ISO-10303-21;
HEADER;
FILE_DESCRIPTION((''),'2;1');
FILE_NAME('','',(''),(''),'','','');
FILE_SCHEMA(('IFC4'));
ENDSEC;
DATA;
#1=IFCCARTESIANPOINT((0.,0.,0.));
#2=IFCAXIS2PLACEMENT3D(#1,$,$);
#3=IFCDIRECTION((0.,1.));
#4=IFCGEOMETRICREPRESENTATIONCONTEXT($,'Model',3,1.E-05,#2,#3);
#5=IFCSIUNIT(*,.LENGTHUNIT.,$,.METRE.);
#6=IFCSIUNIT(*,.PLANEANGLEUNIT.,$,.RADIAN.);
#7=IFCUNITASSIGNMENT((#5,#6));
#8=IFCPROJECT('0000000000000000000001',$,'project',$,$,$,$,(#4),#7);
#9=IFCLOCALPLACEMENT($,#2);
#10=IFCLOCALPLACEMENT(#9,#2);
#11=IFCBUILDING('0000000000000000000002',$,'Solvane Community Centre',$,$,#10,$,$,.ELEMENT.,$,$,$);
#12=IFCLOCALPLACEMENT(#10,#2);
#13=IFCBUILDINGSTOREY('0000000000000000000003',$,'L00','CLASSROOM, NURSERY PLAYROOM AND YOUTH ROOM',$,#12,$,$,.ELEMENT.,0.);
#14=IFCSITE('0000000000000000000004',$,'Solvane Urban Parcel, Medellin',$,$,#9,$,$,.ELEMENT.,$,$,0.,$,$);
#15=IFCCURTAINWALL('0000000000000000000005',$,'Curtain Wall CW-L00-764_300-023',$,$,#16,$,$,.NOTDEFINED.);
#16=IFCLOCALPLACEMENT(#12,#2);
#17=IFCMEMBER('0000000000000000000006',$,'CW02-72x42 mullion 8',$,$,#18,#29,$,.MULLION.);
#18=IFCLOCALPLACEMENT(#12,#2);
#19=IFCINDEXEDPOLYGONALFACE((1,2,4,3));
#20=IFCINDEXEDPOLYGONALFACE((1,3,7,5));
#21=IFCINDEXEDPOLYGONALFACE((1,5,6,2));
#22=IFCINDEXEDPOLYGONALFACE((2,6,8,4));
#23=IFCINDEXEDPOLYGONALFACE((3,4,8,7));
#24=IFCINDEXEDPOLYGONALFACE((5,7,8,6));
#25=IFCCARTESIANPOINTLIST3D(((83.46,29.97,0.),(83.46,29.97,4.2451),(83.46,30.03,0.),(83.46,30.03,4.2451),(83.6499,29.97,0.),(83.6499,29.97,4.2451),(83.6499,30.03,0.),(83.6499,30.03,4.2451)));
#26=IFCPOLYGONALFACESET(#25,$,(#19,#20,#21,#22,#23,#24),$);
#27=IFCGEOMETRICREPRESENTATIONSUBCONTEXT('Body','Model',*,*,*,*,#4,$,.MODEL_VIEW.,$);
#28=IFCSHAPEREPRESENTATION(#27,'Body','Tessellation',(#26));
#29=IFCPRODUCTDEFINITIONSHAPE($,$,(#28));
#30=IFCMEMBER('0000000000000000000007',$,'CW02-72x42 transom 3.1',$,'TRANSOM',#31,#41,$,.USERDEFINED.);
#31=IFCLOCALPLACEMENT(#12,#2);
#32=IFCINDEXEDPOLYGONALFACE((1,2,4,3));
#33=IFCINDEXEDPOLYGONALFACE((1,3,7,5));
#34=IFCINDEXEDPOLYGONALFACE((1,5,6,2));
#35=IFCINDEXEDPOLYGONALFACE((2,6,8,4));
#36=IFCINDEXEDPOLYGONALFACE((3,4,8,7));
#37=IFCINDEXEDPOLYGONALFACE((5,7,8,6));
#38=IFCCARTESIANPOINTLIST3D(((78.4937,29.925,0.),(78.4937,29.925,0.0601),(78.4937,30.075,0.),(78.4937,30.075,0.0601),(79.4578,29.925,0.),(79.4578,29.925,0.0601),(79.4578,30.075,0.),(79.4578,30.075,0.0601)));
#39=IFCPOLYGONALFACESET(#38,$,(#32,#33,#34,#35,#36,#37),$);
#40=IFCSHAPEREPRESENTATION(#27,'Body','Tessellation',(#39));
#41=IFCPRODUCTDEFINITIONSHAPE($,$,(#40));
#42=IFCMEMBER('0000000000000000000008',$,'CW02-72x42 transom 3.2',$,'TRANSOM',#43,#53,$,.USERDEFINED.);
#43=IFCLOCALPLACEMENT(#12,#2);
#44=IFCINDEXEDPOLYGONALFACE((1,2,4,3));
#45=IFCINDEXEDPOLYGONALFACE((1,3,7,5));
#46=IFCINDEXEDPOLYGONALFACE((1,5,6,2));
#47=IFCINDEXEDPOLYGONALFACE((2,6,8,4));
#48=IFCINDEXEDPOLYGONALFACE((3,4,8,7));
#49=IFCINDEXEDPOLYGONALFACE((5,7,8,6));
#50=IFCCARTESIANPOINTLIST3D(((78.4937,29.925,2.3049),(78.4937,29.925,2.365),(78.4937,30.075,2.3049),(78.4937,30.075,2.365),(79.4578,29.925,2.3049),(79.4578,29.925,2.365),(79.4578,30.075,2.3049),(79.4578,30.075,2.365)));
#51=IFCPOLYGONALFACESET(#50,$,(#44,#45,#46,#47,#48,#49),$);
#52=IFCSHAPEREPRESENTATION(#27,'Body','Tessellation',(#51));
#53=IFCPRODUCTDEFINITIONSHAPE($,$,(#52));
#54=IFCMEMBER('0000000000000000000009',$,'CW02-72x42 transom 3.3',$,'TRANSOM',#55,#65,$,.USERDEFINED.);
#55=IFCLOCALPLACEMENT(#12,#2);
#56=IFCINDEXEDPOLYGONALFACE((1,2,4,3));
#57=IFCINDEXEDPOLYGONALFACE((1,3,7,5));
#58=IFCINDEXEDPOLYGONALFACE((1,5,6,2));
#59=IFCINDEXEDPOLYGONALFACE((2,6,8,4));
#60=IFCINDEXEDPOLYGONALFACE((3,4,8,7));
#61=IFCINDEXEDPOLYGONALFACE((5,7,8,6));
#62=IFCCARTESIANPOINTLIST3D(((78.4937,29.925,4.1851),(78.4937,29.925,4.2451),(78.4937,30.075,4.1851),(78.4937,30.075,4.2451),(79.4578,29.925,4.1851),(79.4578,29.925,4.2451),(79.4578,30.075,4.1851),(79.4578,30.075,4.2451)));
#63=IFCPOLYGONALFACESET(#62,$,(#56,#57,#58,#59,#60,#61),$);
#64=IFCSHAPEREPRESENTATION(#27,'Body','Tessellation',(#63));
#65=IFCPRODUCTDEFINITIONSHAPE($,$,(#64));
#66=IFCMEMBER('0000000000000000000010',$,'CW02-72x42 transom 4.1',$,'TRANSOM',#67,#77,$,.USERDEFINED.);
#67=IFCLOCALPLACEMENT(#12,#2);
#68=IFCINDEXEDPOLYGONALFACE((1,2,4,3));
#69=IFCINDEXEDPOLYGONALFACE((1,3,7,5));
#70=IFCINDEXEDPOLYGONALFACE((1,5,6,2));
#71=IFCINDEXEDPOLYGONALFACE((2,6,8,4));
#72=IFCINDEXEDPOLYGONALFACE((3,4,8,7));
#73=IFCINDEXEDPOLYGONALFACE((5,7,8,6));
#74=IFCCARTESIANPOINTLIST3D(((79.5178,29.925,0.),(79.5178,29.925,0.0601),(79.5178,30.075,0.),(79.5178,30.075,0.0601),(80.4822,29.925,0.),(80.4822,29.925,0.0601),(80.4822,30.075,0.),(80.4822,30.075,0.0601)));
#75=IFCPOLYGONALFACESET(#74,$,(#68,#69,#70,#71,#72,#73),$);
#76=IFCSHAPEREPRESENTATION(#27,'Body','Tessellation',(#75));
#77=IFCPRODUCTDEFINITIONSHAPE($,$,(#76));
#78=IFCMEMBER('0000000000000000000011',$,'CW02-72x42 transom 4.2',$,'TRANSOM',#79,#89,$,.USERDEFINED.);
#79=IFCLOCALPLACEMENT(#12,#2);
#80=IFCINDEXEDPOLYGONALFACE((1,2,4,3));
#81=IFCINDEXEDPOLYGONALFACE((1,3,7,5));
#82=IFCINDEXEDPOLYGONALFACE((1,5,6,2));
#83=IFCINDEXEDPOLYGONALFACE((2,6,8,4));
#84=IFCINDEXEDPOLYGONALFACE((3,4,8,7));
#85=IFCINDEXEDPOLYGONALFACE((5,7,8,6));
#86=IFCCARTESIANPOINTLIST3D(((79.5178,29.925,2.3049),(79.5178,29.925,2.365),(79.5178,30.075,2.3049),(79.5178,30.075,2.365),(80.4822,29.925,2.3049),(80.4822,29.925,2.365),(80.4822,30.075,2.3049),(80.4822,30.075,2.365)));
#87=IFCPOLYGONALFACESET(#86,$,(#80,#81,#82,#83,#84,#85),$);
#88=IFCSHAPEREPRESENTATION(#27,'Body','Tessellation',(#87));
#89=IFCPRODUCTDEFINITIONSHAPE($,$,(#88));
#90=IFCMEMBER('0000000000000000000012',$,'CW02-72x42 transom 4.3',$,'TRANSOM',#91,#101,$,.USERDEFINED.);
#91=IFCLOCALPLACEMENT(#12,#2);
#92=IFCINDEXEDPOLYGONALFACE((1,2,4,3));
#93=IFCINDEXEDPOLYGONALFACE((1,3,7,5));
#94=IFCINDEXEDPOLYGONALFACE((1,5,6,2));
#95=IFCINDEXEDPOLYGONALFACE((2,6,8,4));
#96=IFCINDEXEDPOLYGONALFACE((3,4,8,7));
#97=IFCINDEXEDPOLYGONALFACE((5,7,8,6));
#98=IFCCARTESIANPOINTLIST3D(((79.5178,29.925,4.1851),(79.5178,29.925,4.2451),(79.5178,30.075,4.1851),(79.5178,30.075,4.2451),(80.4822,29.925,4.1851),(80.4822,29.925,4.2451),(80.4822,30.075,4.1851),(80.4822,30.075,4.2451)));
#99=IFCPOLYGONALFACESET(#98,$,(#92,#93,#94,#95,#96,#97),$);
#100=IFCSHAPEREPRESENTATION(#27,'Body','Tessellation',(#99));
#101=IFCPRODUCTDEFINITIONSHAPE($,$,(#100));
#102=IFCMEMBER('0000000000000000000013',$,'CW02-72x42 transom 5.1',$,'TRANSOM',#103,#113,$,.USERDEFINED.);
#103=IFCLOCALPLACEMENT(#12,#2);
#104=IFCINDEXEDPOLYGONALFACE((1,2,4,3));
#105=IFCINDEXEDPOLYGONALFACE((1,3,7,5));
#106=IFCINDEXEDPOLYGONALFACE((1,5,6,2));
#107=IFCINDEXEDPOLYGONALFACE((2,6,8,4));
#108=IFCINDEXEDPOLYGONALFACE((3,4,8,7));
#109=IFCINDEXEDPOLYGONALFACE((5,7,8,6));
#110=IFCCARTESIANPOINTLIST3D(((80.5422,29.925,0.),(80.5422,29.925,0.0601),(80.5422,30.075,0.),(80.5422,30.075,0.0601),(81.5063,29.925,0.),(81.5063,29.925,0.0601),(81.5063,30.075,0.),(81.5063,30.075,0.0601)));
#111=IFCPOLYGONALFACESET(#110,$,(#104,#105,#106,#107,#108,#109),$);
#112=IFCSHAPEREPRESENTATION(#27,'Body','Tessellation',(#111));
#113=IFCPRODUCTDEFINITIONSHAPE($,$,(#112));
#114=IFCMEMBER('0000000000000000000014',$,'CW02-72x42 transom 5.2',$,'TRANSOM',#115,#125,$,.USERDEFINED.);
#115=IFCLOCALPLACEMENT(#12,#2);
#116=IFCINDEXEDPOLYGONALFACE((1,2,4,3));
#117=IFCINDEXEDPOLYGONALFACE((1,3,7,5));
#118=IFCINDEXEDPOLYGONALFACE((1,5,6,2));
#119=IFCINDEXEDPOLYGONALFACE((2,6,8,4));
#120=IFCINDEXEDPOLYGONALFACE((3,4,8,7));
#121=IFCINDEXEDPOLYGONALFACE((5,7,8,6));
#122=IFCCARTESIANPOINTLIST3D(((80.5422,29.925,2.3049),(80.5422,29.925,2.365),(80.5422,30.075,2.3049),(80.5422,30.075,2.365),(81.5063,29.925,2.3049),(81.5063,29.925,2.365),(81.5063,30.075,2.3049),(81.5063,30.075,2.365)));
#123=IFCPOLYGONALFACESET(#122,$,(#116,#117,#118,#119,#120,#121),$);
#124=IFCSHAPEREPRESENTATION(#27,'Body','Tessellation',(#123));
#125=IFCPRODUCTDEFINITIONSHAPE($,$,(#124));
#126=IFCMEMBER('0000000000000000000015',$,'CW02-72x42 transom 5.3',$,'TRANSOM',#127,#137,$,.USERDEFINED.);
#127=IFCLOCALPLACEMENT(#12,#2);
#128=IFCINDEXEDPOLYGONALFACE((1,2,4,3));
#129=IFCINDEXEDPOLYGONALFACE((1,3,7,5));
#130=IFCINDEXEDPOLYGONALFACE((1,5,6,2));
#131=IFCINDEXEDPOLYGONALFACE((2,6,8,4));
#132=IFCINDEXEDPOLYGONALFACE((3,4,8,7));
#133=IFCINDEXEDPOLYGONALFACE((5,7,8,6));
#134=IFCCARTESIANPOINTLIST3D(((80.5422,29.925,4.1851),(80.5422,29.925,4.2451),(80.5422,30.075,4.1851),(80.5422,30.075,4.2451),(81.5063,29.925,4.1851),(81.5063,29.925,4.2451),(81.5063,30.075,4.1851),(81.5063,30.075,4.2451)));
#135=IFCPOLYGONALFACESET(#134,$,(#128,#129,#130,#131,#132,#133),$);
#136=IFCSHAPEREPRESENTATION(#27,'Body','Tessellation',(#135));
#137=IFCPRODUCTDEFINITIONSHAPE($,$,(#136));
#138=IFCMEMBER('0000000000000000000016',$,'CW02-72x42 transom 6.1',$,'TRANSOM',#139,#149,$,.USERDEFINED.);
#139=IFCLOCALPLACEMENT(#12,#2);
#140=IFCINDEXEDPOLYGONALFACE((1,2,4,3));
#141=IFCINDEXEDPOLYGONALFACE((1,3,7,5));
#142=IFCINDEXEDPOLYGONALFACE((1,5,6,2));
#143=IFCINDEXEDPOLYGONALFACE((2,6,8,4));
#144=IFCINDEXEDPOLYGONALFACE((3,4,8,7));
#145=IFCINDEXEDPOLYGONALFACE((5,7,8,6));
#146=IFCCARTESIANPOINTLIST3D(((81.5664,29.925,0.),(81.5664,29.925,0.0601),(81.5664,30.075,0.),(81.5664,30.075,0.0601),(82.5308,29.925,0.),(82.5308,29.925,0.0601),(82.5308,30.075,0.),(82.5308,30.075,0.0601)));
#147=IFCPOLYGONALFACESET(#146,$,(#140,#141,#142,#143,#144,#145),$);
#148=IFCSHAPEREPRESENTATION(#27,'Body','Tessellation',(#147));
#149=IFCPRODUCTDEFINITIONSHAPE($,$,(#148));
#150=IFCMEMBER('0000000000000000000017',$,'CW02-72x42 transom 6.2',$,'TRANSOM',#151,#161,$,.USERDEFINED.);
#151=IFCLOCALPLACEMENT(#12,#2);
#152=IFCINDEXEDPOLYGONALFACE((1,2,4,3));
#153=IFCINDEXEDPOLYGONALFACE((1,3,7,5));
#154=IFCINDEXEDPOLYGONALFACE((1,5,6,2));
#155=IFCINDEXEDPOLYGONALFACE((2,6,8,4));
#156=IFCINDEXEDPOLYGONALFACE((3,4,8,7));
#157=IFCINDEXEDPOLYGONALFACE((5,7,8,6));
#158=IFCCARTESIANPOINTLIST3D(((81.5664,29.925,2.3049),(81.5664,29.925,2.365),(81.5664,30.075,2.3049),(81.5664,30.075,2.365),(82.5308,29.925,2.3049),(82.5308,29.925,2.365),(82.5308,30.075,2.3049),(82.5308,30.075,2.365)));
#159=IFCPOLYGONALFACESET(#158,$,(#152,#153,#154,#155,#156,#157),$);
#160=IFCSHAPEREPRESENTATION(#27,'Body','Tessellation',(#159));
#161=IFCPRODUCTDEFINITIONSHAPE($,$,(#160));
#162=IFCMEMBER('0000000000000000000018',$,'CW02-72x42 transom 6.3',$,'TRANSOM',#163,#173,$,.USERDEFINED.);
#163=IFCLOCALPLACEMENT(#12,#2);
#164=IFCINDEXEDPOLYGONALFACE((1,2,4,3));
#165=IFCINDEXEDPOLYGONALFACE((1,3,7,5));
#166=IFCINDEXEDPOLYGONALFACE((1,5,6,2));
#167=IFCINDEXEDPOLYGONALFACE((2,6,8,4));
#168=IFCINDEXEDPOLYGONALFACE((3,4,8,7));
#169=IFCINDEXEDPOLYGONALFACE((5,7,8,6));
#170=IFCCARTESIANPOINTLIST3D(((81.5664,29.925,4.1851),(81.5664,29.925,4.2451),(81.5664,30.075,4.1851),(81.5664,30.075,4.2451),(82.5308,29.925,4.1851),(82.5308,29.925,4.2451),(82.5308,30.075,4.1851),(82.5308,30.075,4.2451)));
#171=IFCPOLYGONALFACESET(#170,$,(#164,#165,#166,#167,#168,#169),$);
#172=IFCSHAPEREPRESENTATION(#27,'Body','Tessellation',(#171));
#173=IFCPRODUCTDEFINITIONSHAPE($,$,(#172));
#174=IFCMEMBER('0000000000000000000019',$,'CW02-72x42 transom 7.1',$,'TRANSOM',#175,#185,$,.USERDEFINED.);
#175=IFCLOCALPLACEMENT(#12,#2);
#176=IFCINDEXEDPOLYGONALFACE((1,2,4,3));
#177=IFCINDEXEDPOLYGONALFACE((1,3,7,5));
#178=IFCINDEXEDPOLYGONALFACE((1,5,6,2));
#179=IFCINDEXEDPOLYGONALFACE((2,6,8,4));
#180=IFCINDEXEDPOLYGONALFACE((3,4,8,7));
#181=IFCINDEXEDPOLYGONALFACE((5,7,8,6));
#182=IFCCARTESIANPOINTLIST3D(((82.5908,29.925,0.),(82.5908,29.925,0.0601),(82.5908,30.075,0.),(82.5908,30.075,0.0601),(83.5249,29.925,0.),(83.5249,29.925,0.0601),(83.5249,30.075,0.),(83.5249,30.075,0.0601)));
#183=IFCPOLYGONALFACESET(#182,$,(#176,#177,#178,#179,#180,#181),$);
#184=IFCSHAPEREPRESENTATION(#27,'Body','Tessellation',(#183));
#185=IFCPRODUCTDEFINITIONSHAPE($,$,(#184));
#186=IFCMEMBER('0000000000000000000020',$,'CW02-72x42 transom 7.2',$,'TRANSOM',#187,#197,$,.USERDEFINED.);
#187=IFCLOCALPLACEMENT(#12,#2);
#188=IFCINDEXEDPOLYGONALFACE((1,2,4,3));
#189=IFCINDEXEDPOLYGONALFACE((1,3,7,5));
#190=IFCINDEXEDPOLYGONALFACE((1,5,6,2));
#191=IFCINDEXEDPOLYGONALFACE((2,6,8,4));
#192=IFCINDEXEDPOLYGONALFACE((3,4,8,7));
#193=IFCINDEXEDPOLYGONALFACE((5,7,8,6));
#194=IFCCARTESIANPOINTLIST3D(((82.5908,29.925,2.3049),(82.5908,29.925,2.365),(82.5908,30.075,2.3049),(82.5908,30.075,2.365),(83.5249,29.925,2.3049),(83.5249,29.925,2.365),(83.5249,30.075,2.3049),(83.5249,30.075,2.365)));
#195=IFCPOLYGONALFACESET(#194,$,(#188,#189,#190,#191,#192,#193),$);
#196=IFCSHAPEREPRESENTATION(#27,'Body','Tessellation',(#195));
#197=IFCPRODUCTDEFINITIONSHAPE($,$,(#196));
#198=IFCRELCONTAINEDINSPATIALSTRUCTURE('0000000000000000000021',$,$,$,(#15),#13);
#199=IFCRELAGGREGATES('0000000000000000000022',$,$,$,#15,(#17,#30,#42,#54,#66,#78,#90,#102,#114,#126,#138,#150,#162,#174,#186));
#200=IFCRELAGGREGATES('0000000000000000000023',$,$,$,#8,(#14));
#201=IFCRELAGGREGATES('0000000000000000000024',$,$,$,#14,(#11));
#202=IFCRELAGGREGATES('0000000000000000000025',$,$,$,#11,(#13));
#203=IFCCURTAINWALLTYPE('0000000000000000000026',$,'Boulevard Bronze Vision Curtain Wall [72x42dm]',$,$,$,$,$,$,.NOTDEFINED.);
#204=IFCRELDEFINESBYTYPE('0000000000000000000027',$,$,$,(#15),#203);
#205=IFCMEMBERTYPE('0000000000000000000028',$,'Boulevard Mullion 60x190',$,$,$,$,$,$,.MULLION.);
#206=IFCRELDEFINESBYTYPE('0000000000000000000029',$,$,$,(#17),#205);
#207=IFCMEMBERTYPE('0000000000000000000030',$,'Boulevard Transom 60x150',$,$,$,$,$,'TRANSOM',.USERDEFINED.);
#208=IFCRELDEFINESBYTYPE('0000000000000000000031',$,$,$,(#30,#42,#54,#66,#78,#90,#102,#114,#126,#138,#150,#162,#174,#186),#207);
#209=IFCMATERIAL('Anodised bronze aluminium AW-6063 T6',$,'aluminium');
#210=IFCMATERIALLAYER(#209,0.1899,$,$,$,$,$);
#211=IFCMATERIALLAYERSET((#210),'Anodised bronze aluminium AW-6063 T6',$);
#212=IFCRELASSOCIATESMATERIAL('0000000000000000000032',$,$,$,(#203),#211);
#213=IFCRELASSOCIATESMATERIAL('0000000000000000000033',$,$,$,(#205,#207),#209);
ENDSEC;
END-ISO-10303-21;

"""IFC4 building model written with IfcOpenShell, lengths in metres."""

from ifc_helpers import new_model, si_unit, direction, frame, origin, origin_2d, place, context, subcontext, project, spatial, rectangle, extrude, material, layer, layer_set, material_profile, profile_set, type_object, element, aggregate, save


model = new_model("IFC4")

# Units and contexts
model_context = context("Model", 3, precision=1e-05, world=origin(), true_north=direction((0.0, 1.0)))
body_context = subcontext(model_context, "Body", "Model", "MODEL_VIEW")
ifc_project = project(units=[si_unit("LENGTHUNIT", "METRE"), si_unit("PLANEANGLEUNIT", "RADIAN")], contexts=[model_context])

# Site, building, storey
site_placement = place(None, origin())
site = spatial("IfcSite", under=ifc_project, at=site_placement, Name="Solvane Urban Parcel, Medellin", CompositionType="ELEMENT", RefElevation=0.0)
building_placement = place(site_placement, origin())
building = spatial("IfcBuilding", under=site, at=building_placement, Name="Solvane Community Centre", CompositionType="ELEMENT")
storey_placement = place(building_placement, origin())
storey = spatial("IfcBuildingStorey", under=building, at=storey_placement, Name="L00", Description="CLASSROOM, NURSERY PLAYROOM AND YOUTH ROOM", CompositionType="ELEMENT", Elevation=0.0)

# Curtain wall, members
ifc_material_1 = material(Name="Anodised bronze aluminium AW-6063 T6", Category="aluminium")
ifc_layer_1 = layer(ifc_material_1, 0.1899)
ifc_layer_set_1 = layer_set([ifc_layer_1], Name="Anodised bronze aluminium AW-6063 T6")
curtain_wall_type = type_object("IfcCurtainWallType", Name="Boulevard Bronze Vision Curtain Wall [72x42dm]", PredefinedType="NOTDEFINED", material=ifc_layer_set_1)
curtain_wall_placement = place(storey_placement, origin())
curtain_wall = element("IfcCurtainWall", 1, at=curtain_wall_placement, inside=storey, type_object=curtain_wall_type, Name="Curtain Wall CW-L00-764_300-023", PredefinedType="NOTDEFINED")
ifc_material_profile_1 = material_profile(ifc_material_1, rectangle(XDim=0.0601, YDim=0.1899, at=origin_2d()), Name="CW-M 60x190")
ifc_profile_set_1 = profile_set([ifc_material_profile_1], Name="Anodised bronze aluminium AW-6063 T6")
member_type_1 = type_object("IfcMemberType", Name="Boulevard Mullion 60x190", PredefinedType="MULLION", material=ifc_profile_set_1)
member_1_placement = place(storey_placement, frame((83.5549, 30.0, 0.0), z_axis=(0.0, 0.0, 1.0), x_axis=(0.0, 1.0, 0.0)))
member_1 = element("IfcMember", 2, at=member_1_placement, type_object=member_type_1, Name="CW02-72x42 mullion 8", PredefinedType="MULLION", context=body_context, shape_type="SweptSolid", body=[
    extrude(rectangle(XDim=0.0601, YDim=0.1899, at=origin_2d()), origin(), (0.0, 0.0, 1.0), 4.2451),
])
ifc_material_profile_2 = material_profile(ifc_material_1, rectangle(XDim=0.1499, YDim=0.0601, at=origin_2d()), Name="CW-T 60x150")
ifc_profile_set_2 = profile_set([ifc_material_profile_2], Name="Anodised bronze aluminium AW-6063 T6")
member_type_2 = type_object("IfcMemberType", Name="Boulevard Transom 60x150", ElementType="TRANSOM", PredefinedType="USERDEFINED", material=ifc_profile_set_2)
member_2_placement = place(storey_placement, frame((78.4937, 30.0, 0.03), z_axis=(1.0, 0.0, 0.0), x_axis=(0.0, 1.0, 0.0)))
member_2 = element("IfcMember", 3, at=member_2_placement, type_object=member_type_2, Name="CW02-72x42 transom 3.1", ObjectType="TRANSOM", PredefinedType="USERDEFINED", context=body_context, shape_type="SweptSolid", body=[
    extrude(rectangle(XDim=0.1499, YDim=0.0601, at=origin_2d()), origin(), (0.0, 0.0, 1.0), 0.9641),
])
member_3_placement = place(storey_placement, frame((78.4937, 30.0, 2.335), z_axis=(1.0, 0.0, 0.0), x_axis=(0.0, 1.0, 0.0)))
member_3 = element("IfcMember", 4, at=member_3_placement, type_object=member_type_2, Name="CW02-72x42 transom 3.2", ObjectType="TRANSOM", PredefinedType="USERDEFINED", context=body_context, shape_type="SweptSolid", body=[
    extrude(rectangle(XDim=0.1499, YDim=0.0601, at=origin_2d()), origin(), (0.0, 0.0, 1.0), 0.9641),
])
member_4_placement = place(storey_placement, frame((78.4937, 30.0, 4.2151), z_axis=(1.0, 0.0, 0.0), x_axis=(0.0, 1.0, 0.0)))
member_4 = element("IfcMember", 5, at=member_4_placement, type_object=member_type_2, Name="CW02-72x42 transom 3.3", ObjectType="TRANSOM", PredefinedType="USERDEFINED", context=body_context, shape_type="SweptSolid", body=[
    extrude(rectangle(XDim=0.1499, YDim=0.0601, at=origin_2d()), origin(), (0.0, 0.0, 1.0), 0.9641),
])
member_5_placement = place(storey_placement, frame((79.5178, 30.0, 0.03), z_axis=(1.0, 0.0, 0.0), x_axis=(0.0, 1.0, 0.0)))
member_5 = element("IfcMember", 6, at=member_5_placement, type_object=member_type_2, Name="CW02-72x42 transom 4.1", ObjectType="TRANSOM", PredefinedType="USERDEFINED", context=body_context, shape_type="SweptSolid", body=[
    extrude(rectangle(XDim=0.1499, YDim=0.0601, at=origin_2d()), origin(), (0.0, 0.0, 1.0), 0.9644),
])
member_6_placement = place(storey_placement, frame((79.5178, 30.0, 2.335), z_axis=(1.0, 0.0, 0.0), x_axis=(0.0, 1.0, 0.0)))
member_6 = element("IfcMember", 7, at=member_6_placement, type_object=member_type_2, Name="CW02-72x42 transom 4.2", ObjectType="TRANSOM", PredefinedType="USERDEFINED", context=body_context, shape_type="SweptSolid", body=[
    extrude(rectangle(XDim=0.1499, YDim=0.0601, at=origin_2d()), origin(), (0.0, 0.0, 1.0), 0.9644),
])
member_7_placement = place(storey_placement, frame((79.5178, 30.0, 4.2151), z_axis=(1.0, 0.0, 0.0), x_axis=(0.0, 1.0, 0.0)))
member_7 = element("IfcMember", 8, at=member_7_placement, type_object=member_type_2, Name="CW02-72x42 transom 4.3", ObjectType="TRANSOM", PredefinedType="USERDEFINED", context=body_context, shape_type="SweptSolid", body=[
    extrude(rectangle(XDim=0.1499, YDim=0.0601, at=origin_2d()), origin(), (0.0, 0.0, 1.0), 0.9644),
])
member_8_placement = place(storey_placement, frame((80.5422, 30.0, 0.03), z_axis=(1.0, 0.0, 0.0), x_axis=(0.0, 1.0, 0.0)))
member_8 = element("IfcMember", 9, at=member_8_placement, type_object=member_type_2, Name="CW02-72x42 transom 5.1", ObjectType="TRANSOM", PredefinedType="USERDEFINED", context=body_context, shape_type="SweptSolid", body=[
    extrude(rectangle(XDim=0.1499, YDim=0.0601, at=origin_2d()), origin(), (0.0, 0.0, 1.0), 0.9641),
])
member_9_placement = place(storey_placement, frame((80.5422, 30.0, 2.335), z_axis=(1.0, 0.0, 0.0), x_axis=(0.0, 1.0, 0.0)))
member_9 = element("IfcMember", 10, at=member_9_placement, type_object=member_type_2, Name="CW02-72x42 transom 5.2", ObjectType="TRANSOM", PredefinedType="USERDEFINED", context=body_context, shape_type="SweptSolid", body=[
    extrude(rectangle(XDim=0.1499, YDim=0.0601, at=origin_2d()), origin(), (0.0, 0.0, 1.0), 0.9641),
])
member_10_placement = place(storey_placement, frame((80.5422, 30.0, 4.2151), z_axis=(1.0, 0.0, 0.0), x_axis=(0.0, 1.0, 0.0)))
member_10 = element("IfcMember", 11, at=member_10_placement, type_object=member_type_2, Name="CW02-72x42 transom 5.3", ObjectType="TRANSOM", PredefinedType="USERDEFINED", context=body_context, shape_type="SweptSolid", body=[
    extrude(rectangle(XDim=0.1499, YDim=0.0601, at=origin_2d()), origin(), (0.0, 0.0, 1.0), 0.9641),
])
member_11_placement = place(storey_placement, frame((81.5664, 30.0, 0.03), z_axis=(1.0, 0.0, 0.0), x_axis=(0.0, 1.0, 0.0)))
member_11 = element("IfcMember", 12, at=member_11_placement, type_object=member_type_2, Name="CW02-72x42 transom 6.1", ObjectType="TRANSOM", PredefinedType="USERDEFINED", context=body_context, shape_type="SweptSolid", body=[
    extrude(rectangle(XDim=0.1499, YDim=0.0601, at=origin_2d()), origin(), (0.0, 0.0, 1.0), 0.9644),
])
member_12_placement = place(storey_placement, frame((81.5664, 30.0, 2.335), z_axis=(1.0, 0.0, 0.0), x_axis=(0.0, 1.0, 0.0)))
member_12 = element("IfcMember", 13, at=member_12_placement, type_object=member_type_2, Name="CW02-72x42 transom 6.2", ObjectType="TRANSOM", PredefinedType="USERDEFINED", context=body_context, shape_type="SweptSolid", body=[
    extrude(rectangle(XDim=0.1499, YDim=0.0601, at=origin_2d()), origin(), (0.0, 0.0, 1.0), 0.9644),
])
member_13_placement = place(storey_placement, frame((81.5664, 30.0, 4.2151), z_axis=(1.0, 0.0, 0.0), x_axis=(0.0, 1.0, 0.0)))
member_13 = element("IfcMember", 14, at=member_13_placement, type_object=member_type_2, Name="CW02-72x42 transom 6.3", ObjectType="TRANSOM", PredefinedType="USERDEFINED", context=body_context, shape_type="SweptSolid", body=[
    extrude(rectangle(XDim=0.1499, YDim=0.0601, at=origin_2d()), origin(), (0.0, 0.0, 1.0), 0.9644),
])
member_14_placement = place(storey_placement, frame((82.5908, 30.0, 0.03), z_axis=(1.0, 0.0, 0.0), x_axis=(0.0, 1.0, 0.0)))
member_14 = element("IfcMember", 15, at=member_14_placement, type_object=member_type_2, Name="CW02-72x42 transom 7.1", ObjectType="TRANSOM", PredefinedType="USERDEFINED", context=body_context, shape_type="SweptSolid", body=[
    extrude(rectangle(XDim=0.1499, YDim=0.0601, at=origin_2d()), origin(), (0.0, 0.0, 1.0), 0.9341),
])
member_15_placement = place(storey_placement, frame((82.5908, 30.0, 2.335), z_axis=(1.0, 0.0, 0.0), x_axis=(0.0, 1.0, 0.0)))
member_15 = element("IfcMember", 16, at=member_15_placement, type_object=member_type_2, Name="CW02-72x42 transom 7.2", ObjectType="TRANSOM", PredefinedType="USERDEFINED", context=body_context, shape_type="SweptSolid", body=[
    extrude(rectangle(XDim=0.1499, YDim=0.0601, at=origin_2d()), origin(), (0.0, 0.0, 1.0), 0.9341),
])

aggregate(curtain_wall, [member_1, member_2, member_3, member_4, member_5, member_6, member_7, member_8, member_9, member_10, member_11, member_12, member_13, member_14, member_15])

save(model, "model.ifc")
